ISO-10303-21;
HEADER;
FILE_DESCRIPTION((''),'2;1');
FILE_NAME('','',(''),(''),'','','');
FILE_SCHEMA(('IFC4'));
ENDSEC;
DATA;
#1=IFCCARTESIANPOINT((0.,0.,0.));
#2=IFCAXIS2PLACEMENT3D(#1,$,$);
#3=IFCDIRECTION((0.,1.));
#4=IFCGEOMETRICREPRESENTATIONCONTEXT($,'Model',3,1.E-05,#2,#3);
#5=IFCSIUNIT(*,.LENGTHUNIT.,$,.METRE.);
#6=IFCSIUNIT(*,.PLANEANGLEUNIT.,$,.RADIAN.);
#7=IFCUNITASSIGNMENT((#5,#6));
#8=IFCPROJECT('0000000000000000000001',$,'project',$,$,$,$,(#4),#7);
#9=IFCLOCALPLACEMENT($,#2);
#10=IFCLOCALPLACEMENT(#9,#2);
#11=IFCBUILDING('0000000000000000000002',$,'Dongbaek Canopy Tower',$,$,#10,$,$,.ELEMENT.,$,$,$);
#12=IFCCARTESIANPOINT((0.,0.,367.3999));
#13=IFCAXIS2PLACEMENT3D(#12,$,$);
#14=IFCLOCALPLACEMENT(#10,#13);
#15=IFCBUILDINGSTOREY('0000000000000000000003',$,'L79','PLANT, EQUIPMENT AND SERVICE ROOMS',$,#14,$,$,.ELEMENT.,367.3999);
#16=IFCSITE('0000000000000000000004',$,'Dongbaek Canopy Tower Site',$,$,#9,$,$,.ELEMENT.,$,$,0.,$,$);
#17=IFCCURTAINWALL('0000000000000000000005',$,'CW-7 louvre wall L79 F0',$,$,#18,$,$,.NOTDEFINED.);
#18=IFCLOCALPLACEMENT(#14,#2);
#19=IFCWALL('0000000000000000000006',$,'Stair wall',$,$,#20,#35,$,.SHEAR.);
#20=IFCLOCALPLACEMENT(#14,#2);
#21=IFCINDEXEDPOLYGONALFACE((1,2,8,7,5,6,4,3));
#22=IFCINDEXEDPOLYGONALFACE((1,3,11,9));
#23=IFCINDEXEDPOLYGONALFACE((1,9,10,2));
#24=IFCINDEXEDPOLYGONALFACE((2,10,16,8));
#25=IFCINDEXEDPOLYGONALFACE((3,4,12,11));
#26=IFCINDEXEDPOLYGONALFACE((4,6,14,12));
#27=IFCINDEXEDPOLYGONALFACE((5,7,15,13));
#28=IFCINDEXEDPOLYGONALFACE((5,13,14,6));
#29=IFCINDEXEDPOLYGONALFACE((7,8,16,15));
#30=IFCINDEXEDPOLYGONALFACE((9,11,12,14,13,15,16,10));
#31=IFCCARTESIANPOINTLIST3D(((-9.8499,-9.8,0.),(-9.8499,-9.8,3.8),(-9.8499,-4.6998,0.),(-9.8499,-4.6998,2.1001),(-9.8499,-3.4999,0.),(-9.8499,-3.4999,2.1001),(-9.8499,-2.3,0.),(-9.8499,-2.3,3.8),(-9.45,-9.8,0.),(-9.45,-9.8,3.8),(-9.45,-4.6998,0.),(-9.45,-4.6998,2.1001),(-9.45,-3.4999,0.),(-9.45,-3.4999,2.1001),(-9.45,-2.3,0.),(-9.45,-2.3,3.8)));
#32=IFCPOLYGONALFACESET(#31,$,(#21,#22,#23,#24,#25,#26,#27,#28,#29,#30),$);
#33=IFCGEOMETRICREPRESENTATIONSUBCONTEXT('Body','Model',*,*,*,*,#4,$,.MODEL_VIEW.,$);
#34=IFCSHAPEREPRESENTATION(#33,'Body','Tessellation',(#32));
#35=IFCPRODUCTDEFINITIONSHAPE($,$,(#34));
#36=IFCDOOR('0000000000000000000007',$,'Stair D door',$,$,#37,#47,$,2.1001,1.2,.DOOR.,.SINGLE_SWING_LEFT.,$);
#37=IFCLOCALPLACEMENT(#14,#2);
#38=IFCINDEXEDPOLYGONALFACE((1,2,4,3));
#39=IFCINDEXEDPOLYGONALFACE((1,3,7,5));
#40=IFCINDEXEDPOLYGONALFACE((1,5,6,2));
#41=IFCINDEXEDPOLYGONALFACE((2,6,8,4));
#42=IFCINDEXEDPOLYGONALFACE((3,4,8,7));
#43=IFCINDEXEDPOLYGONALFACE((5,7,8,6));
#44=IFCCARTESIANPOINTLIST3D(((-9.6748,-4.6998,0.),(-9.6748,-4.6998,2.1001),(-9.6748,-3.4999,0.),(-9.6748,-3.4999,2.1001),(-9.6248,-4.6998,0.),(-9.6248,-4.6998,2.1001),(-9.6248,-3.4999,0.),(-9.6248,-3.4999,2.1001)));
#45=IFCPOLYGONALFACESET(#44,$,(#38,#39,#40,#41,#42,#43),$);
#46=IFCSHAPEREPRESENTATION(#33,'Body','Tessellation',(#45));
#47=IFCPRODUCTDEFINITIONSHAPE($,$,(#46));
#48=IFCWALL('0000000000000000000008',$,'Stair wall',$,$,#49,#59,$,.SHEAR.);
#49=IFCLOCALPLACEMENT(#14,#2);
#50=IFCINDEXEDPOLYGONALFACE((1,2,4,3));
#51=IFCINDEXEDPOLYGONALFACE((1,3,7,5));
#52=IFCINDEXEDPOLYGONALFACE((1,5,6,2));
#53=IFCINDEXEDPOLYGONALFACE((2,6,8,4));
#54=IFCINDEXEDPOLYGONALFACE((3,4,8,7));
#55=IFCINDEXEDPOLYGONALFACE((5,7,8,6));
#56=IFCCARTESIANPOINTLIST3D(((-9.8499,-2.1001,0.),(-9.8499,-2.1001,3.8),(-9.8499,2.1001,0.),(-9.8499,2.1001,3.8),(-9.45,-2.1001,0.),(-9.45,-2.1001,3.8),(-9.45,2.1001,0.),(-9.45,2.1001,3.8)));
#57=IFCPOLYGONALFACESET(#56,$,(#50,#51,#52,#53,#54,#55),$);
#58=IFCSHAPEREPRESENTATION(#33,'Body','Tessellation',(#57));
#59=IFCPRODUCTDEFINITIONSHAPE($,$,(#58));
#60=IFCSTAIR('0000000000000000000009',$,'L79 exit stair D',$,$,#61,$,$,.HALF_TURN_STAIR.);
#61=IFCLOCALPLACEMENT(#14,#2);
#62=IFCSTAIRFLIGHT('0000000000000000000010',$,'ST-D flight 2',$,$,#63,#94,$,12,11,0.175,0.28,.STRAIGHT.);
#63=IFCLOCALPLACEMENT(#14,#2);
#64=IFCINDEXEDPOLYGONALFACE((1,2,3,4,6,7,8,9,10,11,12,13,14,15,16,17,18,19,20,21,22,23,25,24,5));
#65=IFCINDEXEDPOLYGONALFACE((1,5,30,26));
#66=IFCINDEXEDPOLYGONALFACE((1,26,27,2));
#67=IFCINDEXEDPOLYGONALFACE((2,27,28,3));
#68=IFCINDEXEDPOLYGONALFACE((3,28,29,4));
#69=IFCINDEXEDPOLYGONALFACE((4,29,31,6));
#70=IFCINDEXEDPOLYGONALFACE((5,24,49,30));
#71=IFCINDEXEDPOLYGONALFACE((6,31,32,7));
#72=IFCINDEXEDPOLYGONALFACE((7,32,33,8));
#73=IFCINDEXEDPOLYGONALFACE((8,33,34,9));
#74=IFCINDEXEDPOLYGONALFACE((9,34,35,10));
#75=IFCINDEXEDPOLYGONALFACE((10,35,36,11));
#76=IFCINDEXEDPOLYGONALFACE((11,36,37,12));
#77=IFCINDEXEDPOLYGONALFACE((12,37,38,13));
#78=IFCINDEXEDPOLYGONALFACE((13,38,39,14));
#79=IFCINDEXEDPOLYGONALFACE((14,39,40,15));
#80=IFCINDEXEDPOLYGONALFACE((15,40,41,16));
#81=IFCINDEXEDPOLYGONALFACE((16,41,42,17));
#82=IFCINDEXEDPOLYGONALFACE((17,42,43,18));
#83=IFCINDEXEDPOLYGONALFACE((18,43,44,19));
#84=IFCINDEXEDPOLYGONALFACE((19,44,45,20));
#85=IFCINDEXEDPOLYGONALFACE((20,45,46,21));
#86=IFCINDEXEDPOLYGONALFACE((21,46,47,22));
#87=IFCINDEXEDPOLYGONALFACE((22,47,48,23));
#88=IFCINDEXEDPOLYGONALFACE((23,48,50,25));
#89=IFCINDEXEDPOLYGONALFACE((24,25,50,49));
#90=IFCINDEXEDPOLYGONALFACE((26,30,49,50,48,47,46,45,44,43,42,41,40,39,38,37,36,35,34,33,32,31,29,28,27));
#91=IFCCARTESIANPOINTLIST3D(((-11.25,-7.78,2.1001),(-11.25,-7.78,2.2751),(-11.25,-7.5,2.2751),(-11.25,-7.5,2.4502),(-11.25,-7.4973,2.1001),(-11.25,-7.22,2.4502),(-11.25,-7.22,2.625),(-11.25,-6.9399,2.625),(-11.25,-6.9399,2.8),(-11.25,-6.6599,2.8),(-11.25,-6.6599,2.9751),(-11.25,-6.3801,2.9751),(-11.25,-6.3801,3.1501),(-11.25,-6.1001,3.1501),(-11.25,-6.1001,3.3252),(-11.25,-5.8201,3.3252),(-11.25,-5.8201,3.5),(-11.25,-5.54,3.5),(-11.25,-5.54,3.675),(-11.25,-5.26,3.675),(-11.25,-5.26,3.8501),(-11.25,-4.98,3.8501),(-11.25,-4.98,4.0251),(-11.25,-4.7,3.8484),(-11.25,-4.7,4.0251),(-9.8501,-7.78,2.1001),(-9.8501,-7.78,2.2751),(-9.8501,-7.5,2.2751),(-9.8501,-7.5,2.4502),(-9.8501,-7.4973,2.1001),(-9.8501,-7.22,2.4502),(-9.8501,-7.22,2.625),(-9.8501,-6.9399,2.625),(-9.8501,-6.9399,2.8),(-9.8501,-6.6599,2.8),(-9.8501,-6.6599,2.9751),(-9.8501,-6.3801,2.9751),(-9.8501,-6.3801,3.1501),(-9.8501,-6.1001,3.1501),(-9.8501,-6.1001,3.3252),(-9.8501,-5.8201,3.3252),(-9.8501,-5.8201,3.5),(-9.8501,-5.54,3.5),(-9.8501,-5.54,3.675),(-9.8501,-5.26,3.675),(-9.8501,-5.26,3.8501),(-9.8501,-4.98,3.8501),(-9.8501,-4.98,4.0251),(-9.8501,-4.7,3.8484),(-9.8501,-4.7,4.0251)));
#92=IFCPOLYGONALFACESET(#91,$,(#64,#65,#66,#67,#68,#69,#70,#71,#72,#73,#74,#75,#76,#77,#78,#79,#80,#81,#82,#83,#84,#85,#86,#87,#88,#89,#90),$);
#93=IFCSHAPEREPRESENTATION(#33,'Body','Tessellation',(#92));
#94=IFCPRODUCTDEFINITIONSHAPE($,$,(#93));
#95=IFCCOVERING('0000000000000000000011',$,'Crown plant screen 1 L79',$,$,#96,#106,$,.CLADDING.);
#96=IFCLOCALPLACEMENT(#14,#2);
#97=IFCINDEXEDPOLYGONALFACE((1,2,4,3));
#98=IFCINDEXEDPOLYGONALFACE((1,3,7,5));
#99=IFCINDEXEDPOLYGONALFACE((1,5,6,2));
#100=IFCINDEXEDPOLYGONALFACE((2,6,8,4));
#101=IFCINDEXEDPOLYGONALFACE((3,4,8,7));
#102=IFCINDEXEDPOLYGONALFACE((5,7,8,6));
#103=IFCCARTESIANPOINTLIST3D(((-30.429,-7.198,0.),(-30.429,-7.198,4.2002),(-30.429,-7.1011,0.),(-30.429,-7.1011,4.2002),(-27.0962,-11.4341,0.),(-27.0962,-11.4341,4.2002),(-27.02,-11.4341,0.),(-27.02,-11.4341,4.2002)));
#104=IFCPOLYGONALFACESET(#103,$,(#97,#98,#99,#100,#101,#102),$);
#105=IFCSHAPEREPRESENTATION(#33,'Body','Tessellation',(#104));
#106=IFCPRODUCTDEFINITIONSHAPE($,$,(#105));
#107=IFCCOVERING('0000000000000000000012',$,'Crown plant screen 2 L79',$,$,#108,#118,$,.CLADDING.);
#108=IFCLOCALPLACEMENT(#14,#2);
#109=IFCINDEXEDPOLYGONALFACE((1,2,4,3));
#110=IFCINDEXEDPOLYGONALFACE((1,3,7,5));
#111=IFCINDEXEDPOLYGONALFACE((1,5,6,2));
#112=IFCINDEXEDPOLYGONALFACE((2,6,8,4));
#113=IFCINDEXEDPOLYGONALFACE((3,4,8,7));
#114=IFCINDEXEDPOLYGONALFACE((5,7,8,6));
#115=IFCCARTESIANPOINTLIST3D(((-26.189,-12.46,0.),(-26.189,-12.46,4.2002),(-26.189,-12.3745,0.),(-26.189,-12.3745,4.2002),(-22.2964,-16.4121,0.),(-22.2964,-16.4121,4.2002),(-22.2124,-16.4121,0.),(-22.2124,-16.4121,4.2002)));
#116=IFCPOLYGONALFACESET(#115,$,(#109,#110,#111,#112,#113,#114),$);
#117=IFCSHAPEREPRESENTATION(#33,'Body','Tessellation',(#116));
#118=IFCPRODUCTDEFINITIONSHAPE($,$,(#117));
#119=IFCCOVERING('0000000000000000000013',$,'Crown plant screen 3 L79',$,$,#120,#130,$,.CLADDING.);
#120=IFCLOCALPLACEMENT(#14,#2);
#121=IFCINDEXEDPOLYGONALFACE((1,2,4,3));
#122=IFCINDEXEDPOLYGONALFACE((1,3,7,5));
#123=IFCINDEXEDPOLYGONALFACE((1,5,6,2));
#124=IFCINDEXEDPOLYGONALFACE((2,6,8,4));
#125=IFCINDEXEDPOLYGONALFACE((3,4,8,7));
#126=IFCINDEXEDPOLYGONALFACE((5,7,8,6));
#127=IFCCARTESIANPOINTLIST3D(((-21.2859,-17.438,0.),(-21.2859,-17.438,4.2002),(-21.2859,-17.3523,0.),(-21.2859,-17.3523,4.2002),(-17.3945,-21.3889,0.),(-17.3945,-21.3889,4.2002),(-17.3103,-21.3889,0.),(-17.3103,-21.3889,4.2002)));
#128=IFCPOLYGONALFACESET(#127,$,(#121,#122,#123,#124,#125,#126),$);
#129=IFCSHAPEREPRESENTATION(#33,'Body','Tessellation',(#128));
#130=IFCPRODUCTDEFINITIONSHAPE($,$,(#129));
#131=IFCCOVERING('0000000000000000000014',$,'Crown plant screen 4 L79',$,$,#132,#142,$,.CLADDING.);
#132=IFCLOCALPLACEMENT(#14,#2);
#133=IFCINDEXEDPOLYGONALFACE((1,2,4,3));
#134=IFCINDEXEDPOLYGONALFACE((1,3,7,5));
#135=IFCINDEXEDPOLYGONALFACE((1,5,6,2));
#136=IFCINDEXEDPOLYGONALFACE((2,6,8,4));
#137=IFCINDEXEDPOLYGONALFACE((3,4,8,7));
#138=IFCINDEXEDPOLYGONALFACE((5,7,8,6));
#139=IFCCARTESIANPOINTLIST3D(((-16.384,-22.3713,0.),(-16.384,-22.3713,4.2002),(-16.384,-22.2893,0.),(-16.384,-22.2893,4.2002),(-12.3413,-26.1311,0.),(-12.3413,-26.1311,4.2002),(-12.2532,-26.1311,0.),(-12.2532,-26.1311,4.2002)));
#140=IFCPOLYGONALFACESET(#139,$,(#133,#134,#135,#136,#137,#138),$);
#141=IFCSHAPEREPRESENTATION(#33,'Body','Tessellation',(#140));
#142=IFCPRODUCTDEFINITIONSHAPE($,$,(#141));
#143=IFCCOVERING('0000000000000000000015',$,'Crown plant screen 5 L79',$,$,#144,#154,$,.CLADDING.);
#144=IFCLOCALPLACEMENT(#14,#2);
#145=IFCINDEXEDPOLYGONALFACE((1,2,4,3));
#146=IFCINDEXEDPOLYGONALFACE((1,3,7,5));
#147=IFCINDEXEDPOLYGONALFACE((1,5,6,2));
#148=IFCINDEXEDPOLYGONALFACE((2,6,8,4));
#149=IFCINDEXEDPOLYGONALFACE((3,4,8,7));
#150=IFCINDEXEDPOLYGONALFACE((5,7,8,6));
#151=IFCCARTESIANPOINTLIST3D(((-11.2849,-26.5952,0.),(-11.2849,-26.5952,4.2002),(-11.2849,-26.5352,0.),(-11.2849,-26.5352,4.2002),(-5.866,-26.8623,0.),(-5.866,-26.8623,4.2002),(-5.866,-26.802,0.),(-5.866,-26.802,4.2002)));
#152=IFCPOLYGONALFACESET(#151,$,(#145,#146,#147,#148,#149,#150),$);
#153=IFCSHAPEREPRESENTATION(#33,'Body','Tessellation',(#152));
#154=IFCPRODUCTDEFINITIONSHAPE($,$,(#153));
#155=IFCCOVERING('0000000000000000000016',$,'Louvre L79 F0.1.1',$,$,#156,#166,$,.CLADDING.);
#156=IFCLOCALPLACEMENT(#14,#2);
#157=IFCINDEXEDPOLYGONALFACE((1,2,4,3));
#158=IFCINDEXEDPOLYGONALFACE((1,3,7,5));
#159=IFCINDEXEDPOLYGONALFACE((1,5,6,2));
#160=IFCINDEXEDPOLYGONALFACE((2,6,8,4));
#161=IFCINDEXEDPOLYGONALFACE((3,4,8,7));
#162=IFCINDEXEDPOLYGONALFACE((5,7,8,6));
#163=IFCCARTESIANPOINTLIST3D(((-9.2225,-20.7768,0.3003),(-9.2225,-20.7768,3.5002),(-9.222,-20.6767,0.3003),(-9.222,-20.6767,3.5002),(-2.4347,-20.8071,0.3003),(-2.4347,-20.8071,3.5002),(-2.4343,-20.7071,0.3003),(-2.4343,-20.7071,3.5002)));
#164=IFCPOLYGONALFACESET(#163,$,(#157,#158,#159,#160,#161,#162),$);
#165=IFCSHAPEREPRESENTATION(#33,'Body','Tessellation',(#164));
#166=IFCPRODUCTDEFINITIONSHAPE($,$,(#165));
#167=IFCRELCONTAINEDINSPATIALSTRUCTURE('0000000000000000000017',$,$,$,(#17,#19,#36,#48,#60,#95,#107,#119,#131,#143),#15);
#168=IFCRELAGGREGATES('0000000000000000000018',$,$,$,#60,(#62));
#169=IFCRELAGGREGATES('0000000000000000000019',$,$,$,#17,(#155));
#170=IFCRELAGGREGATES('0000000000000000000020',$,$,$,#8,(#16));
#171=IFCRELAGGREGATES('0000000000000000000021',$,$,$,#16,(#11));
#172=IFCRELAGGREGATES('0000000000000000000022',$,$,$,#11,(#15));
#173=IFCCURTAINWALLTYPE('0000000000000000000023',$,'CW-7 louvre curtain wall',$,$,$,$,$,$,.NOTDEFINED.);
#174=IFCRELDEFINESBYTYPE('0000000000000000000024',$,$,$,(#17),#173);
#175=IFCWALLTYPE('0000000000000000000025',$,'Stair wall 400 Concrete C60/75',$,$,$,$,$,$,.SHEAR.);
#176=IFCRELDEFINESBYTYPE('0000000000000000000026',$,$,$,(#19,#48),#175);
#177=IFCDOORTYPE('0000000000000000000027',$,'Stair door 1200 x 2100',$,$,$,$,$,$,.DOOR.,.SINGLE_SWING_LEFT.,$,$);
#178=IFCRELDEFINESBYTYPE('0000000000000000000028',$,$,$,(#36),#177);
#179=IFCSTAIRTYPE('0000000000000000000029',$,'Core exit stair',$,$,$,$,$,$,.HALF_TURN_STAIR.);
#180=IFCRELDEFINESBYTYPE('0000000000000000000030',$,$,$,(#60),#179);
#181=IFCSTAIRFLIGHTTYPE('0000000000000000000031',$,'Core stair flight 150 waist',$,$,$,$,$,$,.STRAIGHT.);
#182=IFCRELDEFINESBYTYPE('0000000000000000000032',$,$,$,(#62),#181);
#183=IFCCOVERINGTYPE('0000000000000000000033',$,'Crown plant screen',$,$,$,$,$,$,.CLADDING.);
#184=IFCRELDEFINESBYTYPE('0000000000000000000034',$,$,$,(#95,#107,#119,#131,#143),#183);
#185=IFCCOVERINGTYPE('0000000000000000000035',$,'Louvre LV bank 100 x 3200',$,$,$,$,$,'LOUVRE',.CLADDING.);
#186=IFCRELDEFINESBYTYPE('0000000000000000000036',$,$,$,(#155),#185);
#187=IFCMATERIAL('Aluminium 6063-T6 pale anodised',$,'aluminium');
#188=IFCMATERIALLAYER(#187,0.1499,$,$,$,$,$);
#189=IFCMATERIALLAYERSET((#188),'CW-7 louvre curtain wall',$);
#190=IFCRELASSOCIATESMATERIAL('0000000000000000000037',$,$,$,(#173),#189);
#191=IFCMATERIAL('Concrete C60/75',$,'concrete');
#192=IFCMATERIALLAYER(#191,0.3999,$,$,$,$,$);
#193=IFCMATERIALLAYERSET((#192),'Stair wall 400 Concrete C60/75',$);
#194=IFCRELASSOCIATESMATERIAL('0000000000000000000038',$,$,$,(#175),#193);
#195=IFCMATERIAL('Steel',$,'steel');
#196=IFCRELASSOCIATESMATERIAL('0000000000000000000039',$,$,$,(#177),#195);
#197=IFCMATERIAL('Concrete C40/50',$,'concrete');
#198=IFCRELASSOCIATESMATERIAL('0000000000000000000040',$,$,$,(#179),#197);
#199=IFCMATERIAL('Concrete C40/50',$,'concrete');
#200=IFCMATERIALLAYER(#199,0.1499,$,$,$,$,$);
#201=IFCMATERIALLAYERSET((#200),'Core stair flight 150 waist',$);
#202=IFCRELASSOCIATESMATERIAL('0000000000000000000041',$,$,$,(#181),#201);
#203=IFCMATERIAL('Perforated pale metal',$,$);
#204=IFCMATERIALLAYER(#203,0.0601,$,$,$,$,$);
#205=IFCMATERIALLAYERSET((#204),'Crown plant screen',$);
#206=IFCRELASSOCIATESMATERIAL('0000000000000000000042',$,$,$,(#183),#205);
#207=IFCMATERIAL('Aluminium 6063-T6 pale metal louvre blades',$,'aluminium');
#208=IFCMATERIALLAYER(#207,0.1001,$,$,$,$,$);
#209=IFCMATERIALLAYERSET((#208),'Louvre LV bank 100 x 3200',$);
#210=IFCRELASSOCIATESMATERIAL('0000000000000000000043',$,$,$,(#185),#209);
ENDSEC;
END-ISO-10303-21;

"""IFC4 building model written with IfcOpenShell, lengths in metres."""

from ifc_helpers import new_model, si_unit, direction, frame, frame_2d, origin, origin_2d, place, context, subcontext, project, spatial, polyline, rectangle, outline, extrude, material, layer, layer_set, type_object, element, fill, aggregate, save


model = new_model("IFC4")

# Units and contexts
model_context = context("Model", 3, precision=1e-05, world=origin(), true_north=direction((0.0, 1.0)))
body_context = subcontext(model_context, "Body", "Model", "MODEL_VIEW")
ifc_project = project(units=[si_unit("LENGTHUNIT", "METRE"), si_unit("PLANEANGLEUNIT", "RADIAN")], contexts=[model_context])

# Site, building, storey
site_placement = place(None, origin())
site = spatial("IfcSite", under=ifc_project, at=site_placement, Name="Dongbaek Canopy Tower Site", CompositionType="ELEMENT", RefElevation=0.0)
building_placement = place(site_placement, origin())
building = spatial("IfcBuilding", under=site, at=building_placement, Name="Dongbaek Canopy Tower", CompositionType="ELEMENT")
storey_placement = place(building_placement, frame((0.0, 0.0, 367.3999)))
storey = spatial("IfcBuildingStorey", under=building, at=storey_placement, Name="L79", Description="PLANT, EQUIPMENT AND SERVICE ROOMS", CompositionType="ELEMENT", Elevation=367.3999)

# Curtain wall
ifc_material_1 = material(Name="Aluminium 6063-T6 pale anodised", Category="aluminium")
ifc_layer_1 = layer(ifc_material_1, 0.1499)
ifc_layer_set_1 = layer_set([ifc_layer_1], Name="CW-7 louvre curtain wall")
curtain_wall_type = type_object("IfcCurtainWallType", Name="CW-7 louvre curtain wall", PredefinedType="NOTDEFINED", material=ifc_layer_set_1)
curtain_wall_1_placement = place(storey_placement, origin())
curtain_wall_1 = element("IfcCurtainWall", 1, at=curtain_wall_1_placement, inside=storey, type_object=curtain_wall_type, Name="CW-7 louvre wall L79 F0", PredefinedType="NOTDEFINED")

# Wall, opening, door
ifc_material_2 = material(Name="Concrete C60/75", Category="concrete")
ifc_layer_2 = layer(ifc_material_2, 0.3999)
ifc_layer_set_2 = layer_set([ifc_layer_2], Name="Stair wall 400 Concrete C60/75")
wall_type_1 = type_object("IfcWallType", Name="Stair wall 400 Concrete C60/75", PredefinedType="SHEAR", material=ifc_layer_set_2)
wall_1_placement = place(storey_placement, frame((-9.6499, -9.8, 0.0), z_axis=(0.0, 0.0, 1.0), x_axis=(0.0, 1.0, 0.0)))
wall_1 = element("IfcWall", 2, at=wall_1_placement, inside=storey, type_object=wall_type_1, Name="Stair wall", PredefinedType="SHEAR", context=body_context, shape_type="SweptSolid", body=[
    extrude(rectangle(XDim=7.5, YDim=0.3999, at=frame_2d((3.75, 0.0))), origin(), (0.0, 0.0, 1.0), 3.8),
])
opening_1_placement = place(wall_1_placement, frame((5.1001, 0.0, 0.0)))
opening_1 = element("IfcOpeningElement", 3, at=opening_1_placement, cuts=wall_1, PredefinedType="OPENING", context=body_context, shape_type="SweptSolid", body=[
    extrude(rectangle(XDim=1.2, YDim=2.1001, at=frame_2d((0.6001, 1.05))), frame((0.0, 0.21, 0.0), z_axis=(0.0, -1.0, 0.0), x_axis=(1.0, 0.0, 0.0)), (0.0, 0.0, 1.0), 0.4199),
])
ifc_material_3 = material(Name="Steel", Category="steel")
door_type_1 = type_object("IfcDoorType", Name="Stair door 1200 x 2100", OperationType="SINGLE_SWING_LEFT", PredefinedType="DOOR", material=ifc_material_3)
door_1_placement = place(opening_1_placement, origin())
door_1 = element("IfcDoor", 4, at=door_1_placement, inside=storey, type_object=door_type_1, Name="Stair D door", OperationType="SINGLE_SWING_LEFT", OverallHeight=2.1001, OverallWidth=1.2, PredefinedType="DOOR", context=body_context, shape_type="SweptSolid", body=[
    extrude(rectangle(XDim=1.2, YDim=2.1001, at=frame_2d((0.6001, 1.05))), frame((0.0, 0.0249, 0.0), z_axis=(0.0, -1.0, 0.0), x_axis=(1.0, 0.0, 0.0)), (0.0, 0.0, 1.0), 0.05),
])
fill(opening_1, door_1)

# Wall
wall_2_placement = place(storey_placement, frame((-9.6499, -2.1001, 0.0), z_axis=(0.0, 0.0, 1.0), x_axis=(0.0, 1.0, 0.0)))
element("IfcWall", 5, at=wall_2_placement, inside=storey, type_object=wall_type_1, Name="Stair wall", PredefinedType="SHEAR", context=body_context, shape_type="SweptSolid", body=[
    extrude(rectangle(XDim=4.2002, YDim=0.3999, at=frame_2d((2.1001, 0.0))), origin(), (0.0, 0.0, 1.0), 3.8),
])

# Stair, stair flight
ifc_material_4 = material(Name="Concrete C40/50", Category="concrete")
stair_type = type_object("IfcStairType", Name="Core exit stair", PredefinedType="HALF_TURN_STAIR", material=ifc_material_4)
stair_placement = place(storey_placement, origin())
stair = element("IfcStair", 6, at=stair_placement, inside=storey, type_object=stair_type, Name="L79 exit stair D", PredefinedType="HALF_TURN_STAIR")
ifc_material_5 = material(Name="Concrete C40/50", Category="concrete")
ifc_layer_3 = layer(ifc_material_5, 0.1499)
ifc_layer_set_3 = layer_set([ifc_layer_3], Name="Core stair flight 150 waist")
stair_flight_type = type_object("IfcStairFlightType", Name="Core stair flight 150 waist", PredefinedType="STRAIGHT", material=ifc_layer_set_3)
stair_flight_placement = place(storey_placement, frame((-10.55, -7.78, 2.1001), z_axis=(0.0, 0.0, 1.0), x_axis=(0.0, 1.0, 0.0)))
stair_flight = element("IfcStairFlight", 7, at=stair_flight_placement, type_object=stair_flight_type, Name="ST-D flight 2", NumberOfRisers=12, NumberOfTreads=11, PredefinedType="STRAIGHT", RiserHeight=0.175, TreadLength=0.28, context=body_context, shape_type="SweptSolid", body=[
    extrude(outline(polyline([(0.0, 0.0), (0.0, 0.175), (0.28, 0.175), (0.28, 0.3501), (0.5601, 0.3501), (0.5601, 0.5249), (0.8401, 0.5249), (0.8401, 0.7), (1.1201, 0.7), (1.1201, 0.875), (1.3999, 0.875), (1.3999, 1.05), (1.6799, 1.05), (1.6799, 1.2251), (1.96, 1.2251), (1.96, 1.3999), (2.24, 1.3999), (2.24, 1.575), (2.52, 1.575), (2.52, 1.75), (2.8, 1.75), (2.8, 1.925), (3.0801, 1.925), (3.0801, 2.1001), (3.0801, 1.7483), (0.2827, 0.0), (0.0, 0.0)])), frame((0.0, 0.7, 0.0), z_axis=(0.0, -1.0, 0.0), x_axis=(1.0, 0.0, 0.0)), (0.0, 0.0, 1.0), 1.3999),
])
aggregate(stair, [stair_flight])

# Coverings
ifc_material_6 = material(Name="Perforated pale metal")
ifc_layer_4 = layer(ifc_material_6, 0.0601)
ifc_layer_set_4 = layer_set([ifc_layer_4], Name="Crown plant screen")
covering_type_1 = type_object("IfcCoveringType", Name="Crown plant screen", PredefinedType="CLADDING", material=ifc_layer_set_4)
covering_1_placement = place(storey_placement, origin())
element("IfcCovering", 8, at=covering_1_placement, inside=storey, type_object=covering_type_1, Name="Crown plant screen 1 L79", PredefinedType="CLADDING", context=body_context, shape_type="SweptSolid", body=[
    extrude(outline(polyline([(-30.429, -7.198), (-30.429, -7.1011), (-27.02, -11.4341), (-27.0962, -11.4341), (-30.429, -7.198)])), origin(), (0.0, 0.0, 1.0), 4.2002),
])
covering_2_placement = place(storey_placement, origin())
element("IfcCovering", 9, at=covering_2_placement, inside=storey, type_object=covering_type_1, Name="Crown plant screen 2 L79", PredefinedType="CLADDING", context=body_context, shape_type="SweptSolid", body=[
    extrude(outline(polyline([(-26.189, -12.46), (-26.189, -12.3745), (-22.2124, -16.4121), (-22.2964, -16.4121), (-26.189, -12.46)])), origin(), (0.0, 0.0, 1.0), 4.2002),
])
covering_3_placement = place(storey_placement, origin())
element("IfcCovering", 10, at=covering_3_placement, inside=storey, type_object=covering_type_1, Name="Crown plant screen 3 L79", PredefinedType="CLADDING", context=body_context, shape_type="SweptSolid", body=[
    extrude(outline(polyline([(-21.2859, -17.438), (-21.2859, -17.3523), (-17.3103, -21.3889), (-17.3945, -21.3889), (-21.2859, -17.438)])), origin(), (0.0, 0.0, 1.0), 4.2002),
])
covering_4_placement = place(storey_placement, origin())
element("IfcCovering", 11, at=covering_4_placement, inside=storey, type_object=covering_type_1, Name="Crown plant screen 4 L79", PredefinedType="CLADDING", context=body_context, shape_type="SweptSolid", body=[
    extrude(outline(polyline([(-16.384, -22.3713), (-16.384, -22.2893), (-12.2532, -26.1311), (-12.3413, -26.1311), (-16.384, -22.3713)])), origin(), (0.0, 0.0, 1.0), 4.2002),
])
covering_5_placement = place(storey_placement, origin())
element("IfcCovering", 12, at=covering_5_placement, inside=storey, type_object=covering_type_1, Name="Crown plant screen 5 L79", PredefinedType="CLADDING", context=body_context, shape_type="SweptSolid", body=[
    extrude(outline(polyline([(-11.2849, -26.5952), (-11.2849, -26.5352), (-5.866, -26.802), (-5.866, -26.8623), (-11.2849, -26.5952)])), origin(), (0.0, 0.0, 1.0), 4.2002),
])

# Covering
ifc_material_7 = material(Name="Aluminium 6063-T6 pale metal louvre blades", Category="aluminium")
ifc_layer_5 = layer(ifc_material_7, 0.1001)
ifc_layer_set_5 = layer_set([ifc_layer_5], Name="Louvre LV bank 100 x 3200")
covering_type_2 = type_object("IfcCoveringType", Name="Louvre LV bank 100 x 3200", ElementType="LOUVRE", PredefinedType="CLADDING", material=ifc_layer_set_5)
covering_6_placement = place(storey_placement, frame((-5.8284, -20.7419, 0.3003), z_axis=(0.0, 0.0, 1.0), x_axis=(0.99999, -0.004466, 0.0)))
covering_6 = element("IfcCovering", 13, at=covering_6_placement, type_object=covering_type_2, Name="Louvre L79 F0.1.1", PredefinedType="CLADDING", context=body_context, shape_type="SweptSolid", body=[
    extrude(rectangle(XDim=6.7878, YDim=0.1001, at=origin_2d()), origin(), (0.0, 0.0, 1.0), 3.2),
])

aggregate(curtain_wall_1, [covering_6])

save(model, "model.ifc")
